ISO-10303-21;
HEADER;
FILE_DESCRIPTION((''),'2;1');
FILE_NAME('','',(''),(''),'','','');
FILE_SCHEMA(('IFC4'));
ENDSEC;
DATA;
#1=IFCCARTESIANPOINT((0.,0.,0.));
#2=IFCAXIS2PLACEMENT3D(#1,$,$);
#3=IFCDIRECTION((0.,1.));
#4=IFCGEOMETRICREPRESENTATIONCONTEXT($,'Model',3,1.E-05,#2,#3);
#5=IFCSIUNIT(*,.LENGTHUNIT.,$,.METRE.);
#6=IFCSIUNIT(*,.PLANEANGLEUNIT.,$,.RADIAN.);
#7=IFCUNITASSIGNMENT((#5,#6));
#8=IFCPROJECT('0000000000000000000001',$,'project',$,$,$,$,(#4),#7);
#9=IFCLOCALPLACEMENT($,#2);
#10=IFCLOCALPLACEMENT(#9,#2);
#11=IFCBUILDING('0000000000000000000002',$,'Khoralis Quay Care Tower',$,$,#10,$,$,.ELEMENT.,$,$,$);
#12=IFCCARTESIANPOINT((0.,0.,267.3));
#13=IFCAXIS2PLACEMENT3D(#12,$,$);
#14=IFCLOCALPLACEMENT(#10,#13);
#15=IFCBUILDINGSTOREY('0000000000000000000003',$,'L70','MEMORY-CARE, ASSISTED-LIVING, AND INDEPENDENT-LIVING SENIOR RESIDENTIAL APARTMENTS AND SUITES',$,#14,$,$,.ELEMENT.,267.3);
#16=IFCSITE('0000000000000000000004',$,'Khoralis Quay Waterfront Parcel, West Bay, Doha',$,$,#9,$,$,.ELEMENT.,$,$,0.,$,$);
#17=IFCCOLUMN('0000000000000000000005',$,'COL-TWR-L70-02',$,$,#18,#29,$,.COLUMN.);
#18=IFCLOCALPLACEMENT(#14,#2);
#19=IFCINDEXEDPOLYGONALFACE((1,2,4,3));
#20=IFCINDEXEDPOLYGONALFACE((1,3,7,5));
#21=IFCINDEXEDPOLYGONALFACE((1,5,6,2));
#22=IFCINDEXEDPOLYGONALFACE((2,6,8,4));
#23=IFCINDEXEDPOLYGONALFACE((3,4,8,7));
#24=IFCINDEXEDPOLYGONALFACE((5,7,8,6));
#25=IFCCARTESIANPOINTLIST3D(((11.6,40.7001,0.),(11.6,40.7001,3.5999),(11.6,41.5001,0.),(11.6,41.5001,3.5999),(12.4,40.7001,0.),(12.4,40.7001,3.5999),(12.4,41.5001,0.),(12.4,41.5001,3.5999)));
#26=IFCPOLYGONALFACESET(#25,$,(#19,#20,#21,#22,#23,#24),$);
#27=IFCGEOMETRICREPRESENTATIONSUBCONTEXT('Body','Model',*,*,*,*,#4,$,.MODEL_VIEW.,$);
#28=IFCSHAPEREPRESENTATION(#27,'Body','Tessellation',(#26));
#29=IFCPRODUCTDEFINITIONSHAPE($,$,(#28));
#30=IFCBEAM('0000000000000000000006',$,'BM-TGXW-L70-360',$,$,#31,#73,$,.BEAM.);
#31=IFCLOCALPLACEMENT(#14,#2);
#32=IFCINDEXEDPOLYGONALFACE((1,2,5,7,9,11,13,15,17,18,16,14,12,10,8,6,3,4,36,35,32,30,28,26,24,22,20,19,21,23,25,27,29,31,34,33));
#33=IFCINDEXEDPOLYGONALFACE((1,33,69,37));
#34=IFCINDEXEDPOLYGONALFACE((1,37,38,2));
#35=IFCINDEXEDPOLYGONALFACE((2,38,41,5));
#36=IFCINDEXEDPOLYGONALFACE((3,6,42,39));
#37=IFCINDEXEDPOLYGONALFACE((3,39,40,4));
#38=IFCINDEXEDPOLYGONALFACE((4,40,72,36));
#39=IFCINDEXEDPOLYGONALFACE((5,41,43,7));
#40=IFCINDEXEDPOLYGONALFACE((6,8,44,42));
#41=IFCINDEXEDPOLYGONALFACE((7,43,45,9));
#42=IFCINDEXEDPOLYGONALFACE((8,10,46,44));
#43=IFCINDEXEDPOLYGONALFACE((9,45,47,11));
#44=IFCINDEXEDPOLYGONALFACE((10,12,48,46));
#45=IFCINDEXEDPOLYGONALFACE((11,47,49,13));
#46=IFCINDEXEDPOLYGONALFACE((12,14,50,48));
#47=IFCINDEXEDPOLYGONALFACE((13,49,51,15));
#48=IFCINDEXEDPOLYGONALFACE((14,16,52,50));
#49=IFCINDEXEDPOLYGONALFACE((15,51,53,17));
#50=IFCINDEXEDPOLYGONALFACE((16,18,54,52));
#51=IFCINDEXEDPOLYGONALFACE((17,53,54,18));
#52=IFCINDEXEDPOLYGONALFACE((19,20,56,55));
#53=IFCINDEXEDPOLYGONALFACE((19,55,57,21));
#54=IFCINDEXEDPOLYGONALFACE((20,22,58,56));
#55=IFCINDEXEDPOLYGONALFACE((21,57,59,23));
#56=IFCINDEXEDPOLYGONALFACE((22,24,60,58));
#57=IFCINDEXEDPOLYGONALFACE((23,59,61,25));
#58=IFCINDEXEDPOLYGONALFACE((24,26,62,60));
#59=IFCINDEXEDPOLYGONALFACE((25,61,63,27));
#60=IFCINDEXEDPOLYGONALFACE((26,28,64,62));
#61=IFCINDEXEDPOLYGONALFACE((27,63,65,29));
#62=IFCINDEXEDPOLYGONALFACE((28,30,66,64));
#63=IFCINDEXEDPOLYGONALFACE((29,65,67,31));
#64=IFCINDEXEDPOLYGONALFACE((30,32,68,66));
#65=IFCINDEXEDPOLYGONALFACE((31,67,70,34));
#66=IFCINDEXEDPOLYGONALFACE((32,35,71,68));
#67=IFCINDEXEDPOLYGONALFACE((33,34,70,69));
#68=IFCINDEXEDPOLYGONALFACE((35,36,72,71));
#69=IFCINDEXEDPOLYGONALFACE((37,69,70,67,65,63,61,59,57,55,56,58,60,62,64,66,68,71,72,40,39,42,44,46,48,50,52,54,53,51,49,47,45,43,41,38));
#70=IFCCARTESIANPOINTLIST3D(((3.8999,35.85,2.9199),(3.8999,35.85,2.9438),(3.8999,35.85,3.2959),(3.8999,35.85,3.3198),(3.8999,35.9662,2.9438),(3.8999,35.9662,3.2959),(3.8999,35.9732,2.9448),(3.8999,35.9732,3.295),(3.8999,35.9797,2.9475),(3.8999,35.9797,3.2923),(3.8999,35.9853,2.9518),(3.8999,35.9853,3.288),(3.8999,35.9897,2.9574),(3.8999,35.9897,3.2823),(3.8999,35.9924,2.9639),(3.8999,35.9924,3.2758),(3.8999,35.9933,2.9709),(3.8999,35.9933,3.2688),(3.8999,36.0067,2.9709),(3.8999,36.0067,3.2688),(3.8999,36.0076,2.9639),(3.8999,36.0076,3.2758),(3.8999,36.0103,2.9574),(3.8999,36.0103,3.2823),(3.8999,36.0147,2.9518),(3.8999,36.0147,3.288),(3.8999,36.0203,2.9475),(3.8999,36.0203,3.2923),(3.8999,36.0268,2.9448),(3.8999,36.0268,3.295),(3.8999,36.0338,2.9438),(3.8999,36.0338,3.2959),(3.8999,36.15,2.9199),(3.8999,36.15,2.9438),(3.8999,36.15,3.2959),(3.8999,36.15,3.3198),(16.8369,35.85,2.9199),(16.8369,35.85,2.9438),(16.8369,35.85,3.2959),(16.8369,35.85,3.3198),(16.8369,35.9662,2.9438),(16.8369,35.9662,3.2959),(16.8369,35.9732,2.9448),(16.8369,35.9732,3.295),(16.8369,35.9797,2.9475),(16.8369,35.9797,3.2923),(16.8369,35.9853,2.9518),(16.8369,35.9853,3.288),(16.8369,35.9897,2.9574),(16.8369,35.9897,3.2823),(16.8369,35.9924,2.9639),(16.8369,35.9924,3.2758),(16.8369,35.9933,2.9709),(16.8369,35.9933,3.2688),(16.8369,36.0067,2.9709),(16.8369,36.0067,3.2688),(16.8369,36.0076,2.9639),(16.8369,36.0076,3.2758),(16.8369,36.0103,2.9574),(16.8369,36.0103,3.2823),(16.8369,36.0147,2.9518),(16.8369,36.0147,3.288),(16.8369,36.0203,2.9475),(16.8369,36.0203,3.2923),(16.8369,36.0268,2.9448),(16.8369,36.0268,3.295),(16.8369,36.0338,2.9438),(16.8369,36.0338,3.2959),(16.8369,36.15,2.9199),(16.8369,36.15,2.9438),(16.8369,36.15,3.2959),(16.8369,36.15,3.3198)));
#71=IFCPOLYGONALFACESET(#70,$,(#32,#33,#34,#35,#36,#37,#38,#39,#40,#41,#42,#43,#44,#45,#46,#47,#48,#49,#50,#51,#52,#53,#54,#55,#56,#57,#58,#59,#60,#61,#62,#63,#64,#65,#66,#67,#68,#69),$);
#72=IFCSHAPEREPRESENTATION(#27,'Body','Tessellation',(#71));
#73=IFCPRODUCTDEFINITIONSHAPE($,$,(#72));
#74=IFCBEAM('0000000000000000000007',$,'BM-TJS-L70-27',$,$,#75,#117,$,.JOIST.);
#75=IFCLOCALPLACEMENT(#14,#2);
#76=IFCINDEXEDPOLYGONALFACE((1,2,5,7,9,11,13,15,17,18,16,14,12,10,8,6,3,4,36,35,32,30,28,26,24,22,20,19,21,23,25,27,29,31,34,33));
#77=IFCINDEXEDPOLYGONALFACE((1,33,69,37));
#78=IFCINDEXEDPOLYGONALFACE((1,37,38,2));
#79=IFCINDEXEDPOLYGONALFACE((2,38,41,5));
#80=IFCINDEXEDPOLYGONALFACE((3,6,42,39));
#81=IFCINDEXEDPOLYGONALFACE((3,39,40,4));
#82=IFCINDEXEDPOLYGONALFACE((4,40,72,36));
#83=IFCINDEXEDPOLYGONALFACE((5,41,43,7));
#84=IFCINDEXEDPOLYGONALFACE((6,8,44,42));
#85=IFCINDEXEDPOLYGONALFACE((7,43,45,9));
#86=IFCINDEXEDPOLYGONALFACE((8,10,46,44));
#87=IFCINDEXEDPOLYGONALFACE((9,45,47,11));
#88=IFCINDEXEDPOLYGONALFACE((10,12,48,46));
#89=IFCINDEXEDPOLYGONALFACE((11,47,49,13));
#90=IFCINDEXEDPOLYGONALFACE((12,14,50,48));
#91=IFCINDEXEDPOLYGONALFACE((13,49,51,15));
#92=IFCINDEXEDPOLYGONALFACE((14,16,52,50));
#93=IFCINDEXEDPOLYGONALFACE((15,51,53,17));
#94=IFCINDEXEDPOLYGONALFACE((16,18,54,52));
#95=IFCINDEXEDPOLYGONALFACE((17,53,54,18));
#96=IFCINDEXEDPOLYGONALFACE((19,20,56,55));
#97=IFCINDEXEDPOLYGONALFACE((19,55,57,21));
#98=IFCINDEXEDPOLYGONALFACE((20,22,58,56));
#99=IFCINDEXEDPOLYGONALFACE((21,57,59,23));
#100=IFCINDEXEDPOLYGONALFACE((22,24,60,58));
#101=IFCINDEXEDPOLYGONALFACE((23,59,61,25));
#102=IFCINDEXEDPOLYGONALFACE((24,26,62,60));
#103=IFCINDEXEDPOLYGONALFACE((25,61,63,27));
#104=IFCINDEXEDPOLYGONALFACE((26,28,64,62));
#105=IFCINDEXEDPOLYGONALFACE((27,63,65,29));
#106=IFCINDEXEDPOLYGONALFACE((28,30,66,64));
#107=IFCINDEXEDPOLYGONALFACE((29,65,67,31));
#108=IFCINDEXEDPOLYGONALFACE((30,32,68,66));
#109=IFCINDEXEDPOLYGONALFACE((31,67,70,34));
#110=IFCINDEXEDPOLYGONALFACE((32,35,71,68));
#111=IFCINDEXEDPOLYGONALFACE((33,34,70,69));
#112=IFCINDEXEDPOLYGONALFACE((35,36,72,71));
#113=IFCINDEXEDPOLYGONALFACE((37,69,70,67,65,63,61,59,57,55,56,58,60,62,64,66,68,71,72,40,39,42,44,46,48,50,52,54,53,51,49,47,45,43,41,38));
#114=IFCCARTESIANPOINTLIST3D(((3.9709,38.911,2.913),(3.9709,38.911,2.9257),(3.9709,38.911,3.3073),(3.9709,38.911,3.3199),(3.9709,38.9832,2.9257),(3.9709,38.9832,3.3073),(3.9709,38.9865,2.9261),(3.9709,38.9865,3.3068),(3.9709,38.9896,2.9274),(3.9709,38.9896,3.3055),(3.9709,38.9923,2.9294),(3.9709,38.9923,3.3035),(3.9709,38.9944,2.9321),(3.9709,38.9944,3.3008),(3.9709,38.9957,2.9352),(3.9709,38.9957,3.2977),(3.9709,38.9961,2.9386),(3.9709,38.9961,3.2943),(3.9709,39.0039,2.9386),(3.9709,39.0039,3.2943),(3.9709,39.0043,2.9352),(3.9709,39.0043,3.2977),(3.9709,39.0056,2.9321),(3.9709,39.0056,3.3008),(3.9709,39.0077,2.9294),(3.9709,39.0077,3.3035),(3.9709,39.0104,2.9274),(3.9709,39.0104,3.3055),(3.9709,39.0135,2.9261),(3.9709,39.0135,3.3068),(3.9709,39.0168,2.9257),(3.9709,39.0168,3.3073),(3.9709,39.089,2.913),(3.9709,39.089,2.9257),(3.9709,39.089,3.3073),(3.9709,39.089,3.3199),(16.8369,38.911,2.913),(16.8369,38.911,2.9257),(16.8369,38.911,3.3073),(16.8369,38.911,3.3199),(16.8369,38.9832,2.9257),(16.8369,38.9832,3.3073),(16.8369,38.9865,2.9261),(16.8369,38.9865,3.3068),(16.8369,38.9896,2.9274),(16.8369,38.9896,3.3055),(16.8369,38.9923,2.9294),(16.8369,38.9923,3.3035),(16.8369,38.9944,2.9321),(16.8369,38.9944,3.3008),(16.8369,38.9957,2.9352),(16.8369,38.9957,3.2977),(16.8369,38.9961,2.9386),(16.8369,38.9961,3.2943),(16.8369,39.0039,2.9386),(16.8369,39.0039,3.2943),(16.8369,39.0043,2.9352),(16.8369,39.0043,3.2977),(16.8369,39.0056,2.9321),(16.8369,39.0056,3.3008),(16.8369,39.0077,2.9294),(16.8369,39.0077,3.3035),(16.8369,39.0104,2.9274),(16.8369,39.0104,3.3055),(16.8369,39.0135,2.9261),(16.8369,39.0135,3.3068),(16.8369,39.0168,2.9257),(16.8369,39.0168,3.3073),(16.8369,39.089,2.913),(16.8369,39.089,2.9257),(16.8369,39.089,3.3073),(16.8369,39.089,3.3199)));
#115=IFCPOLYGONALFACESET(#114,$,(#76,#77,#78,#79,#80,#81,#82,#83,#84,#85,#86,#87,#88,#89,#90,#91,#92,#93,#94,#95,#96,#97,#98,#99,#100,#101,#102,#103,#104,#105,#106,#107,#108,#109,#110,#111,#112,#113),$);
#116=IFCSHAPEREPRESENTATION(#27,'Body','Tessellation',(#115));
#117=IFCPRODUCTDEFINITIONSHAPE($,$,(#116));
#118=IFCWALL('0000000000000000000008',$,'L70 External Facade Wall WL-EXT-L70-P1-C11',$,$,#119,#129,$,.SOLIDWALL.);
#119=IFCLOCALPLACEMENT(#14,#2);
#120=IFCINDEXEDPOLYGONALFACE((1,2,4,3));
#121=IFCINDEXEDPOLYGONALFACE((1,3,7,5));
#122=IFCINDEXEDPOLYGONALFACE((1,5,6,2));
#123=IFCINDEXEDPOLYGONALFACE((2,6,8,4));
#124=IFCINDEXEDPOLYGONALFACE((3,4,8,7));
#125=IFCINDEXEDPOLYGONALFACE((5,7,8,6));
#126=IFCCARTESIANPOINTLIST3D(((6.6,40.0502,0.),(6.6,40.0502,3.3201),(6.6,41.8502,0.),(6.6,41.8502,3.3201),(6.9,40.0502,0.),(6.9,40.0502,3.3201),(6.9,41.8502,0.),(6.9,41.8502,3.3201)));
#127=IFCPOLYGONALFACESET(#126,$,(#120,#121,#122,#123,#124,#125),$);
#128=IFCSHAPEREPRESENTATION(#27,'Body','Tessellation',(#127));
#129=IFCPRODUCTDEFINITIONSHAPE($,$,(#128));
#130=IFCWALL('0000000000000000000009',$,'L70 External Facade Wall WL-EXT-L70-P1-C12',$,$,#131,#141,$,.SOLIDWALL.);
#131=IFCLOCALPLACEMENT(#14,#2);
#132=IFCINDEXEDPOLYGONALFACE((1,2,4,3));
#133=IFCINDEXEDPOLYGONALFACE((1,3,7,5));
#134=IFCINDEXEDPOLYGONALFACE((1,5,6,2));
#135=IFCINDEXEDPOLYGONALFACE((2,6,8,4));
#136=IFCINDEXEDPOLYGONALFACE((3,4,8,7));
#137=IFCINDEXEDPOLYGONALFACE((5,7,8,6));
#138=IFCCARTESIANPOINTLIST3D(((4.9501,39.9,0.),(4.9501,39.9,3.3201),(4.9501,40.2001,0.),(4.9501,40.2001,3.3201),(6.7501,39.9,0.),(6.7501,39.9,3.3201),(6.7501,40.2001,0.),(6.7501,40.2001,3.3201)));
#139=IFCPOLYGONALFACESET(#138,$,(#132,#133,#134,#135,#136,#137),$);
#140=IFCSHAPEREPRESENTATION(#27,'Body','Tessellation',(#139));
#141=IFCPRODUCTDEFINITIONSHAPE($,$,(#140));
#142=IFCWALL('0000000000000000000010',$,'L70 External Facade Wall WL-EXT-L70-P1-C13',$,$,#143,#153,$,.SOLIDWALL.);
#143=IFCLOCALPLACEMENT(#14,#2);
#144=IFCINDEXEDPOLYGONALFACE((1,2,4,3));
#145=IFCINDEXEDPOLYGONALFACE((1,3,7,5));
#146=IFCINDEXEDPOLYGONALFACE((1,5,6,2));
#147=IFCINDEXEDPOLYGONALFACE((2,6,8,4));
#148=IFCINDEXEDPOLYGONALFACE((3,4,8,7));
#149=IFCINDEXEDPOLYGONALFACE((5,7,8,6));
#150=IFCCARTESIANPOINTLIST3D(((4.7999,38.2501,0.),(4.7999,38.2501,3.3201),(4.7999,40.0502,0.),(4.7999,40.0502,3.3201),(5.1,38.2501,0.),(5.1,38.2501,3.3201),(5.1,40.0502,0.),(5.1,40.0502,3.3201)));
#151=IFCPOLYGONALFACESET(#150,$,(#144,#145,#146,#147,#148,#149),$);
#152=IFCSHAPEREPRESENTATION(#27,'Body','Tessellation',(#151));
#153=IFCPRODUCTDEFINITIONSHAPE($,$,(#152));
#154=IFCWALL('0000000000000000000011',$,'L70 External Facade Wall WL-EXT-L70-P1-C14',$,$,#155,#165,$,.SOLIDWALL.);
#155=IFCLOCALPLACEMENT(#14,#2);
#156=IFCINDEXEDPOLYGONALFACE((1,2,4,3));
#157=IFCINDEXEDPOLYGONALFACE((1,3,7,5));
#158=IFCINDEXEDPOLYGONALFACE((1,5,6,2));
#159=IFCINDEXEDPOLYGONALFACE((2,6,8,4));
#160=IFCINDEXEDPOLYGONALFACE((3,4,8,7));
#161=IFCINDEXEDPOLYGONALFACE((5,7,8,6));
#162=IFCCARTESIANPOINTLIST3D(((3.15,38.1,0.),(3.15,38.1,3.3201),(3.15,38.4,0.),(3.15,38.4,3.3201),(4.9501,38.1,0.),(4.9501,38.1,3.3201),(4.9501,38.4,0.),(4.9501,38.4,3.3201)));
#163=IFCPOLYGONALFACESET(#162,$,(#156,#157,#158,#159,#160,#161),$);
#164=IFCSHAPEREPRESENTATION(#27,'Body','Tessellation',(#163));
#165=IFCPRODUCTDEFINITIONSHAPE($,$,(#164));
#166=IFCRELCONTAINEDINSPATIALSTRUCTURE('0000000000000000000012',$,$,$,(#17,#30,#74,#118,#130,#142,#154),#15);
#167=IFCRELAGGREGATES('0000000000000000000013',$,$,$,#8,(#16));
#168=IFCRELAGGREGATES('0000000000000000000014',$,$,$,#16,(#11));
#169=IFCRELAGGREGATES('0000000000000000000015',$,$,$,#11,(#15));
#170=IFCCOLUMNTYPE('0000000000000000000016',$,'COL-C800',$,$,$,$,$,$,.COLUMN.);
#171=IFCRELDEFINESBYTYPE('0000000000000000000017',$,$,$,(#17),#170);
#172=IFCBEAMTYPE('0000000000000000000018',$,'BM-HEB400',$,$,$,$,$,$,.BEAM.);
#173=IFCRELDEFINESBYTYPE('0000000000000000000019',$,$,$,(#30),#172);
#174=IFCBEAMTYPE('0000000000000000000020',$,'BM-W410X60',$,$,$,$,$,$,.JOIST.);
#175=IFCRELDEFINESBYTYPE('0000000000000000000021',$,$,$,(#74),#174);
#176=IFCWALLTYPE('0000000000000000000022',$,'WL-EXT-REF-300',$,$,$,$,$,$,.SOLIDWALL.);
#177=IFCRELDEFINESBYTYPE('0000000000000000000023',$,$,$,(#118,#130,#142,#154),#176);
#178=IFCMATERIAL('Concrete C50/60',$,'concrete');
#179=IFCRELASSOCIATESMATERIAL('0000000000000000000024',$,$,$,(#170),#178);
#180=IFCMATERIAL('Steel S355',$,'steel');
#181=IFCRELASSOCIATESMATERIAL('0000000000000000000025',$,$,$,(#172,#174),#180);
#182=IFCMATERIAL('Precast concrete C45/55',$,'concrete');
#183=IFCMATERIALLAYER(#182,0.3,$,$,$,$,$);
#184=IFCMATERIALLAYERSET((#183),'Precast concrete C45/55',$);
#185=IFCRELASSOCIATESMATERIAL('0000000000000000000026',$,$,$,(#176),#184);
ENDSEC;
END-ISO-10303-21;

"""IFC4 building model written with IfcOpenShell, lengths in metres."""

from ifc_helpers import new_model, si_unit, direction, frame, frame_2d, origin, origin_2d, place, context, subcontext, project, spatial, rectangle, i_section, extrude, source, transform, mapped, material, layer, layer_set, material_profile, profile_set, type_object, element, save


model = new_model("IFC4")

# Units and contexts
model_context = context("Model", 3, precision=1e-05, world=origin(), true_north=direction((0.0, 1.0)))
body_context = subcontext(model_context, "Body", "Model", "MODEL_VIEW")
ifc_project = project(units=[si_unit("LENGTHUNIT", "METRE"), si_unit("PLANEANGLEUNIT", "RADIAN")], contexts=[model_context])

# Site, building, storey
site_placement = place(None, origin())
site = spatial("IfcSite", under=ifc_project, at=site_placement, Name="Khoralis Quay Waterfront Parcel, West Bay, Doha", CompositionType="ELEMENT", RefElevation=0.0)
building_placement = place(site_placement, origin())
building = spatial("IfcBuilding", under=site, at=building_placement, Name="Khoralis Quay Care Tower", CompositionType="ELEMENT")
storey_placement = place(building_placement, frame((0.0, 0.0, 267.3)))
storey = spatial("IfcBuildingStorey", under=building, at=storey_placement, Name="L70", Description="MEMORY-CARE, ASSISTED-LIVING, AND INDEPENDENT-LIVING SENIOR RESIDENTIAL APARTMENTS AND SUITES", CompositionType="ELEMENT", Elevation=267.3)

# Column
ifc_material_1 = material(Name="Concrete C50/60", Category="concrete")
ifc_material_profile_1 = material_profile(ifc_material_1, rectangle(XDim=0.8, YDim=0.8, at=origin_2d()), Name="Concrete C50/60")
ifc_profile_set_1 = profile_set([ifc_material_profile_1], Name="Concrete C50/60")
column_type = type_object("IfcColumnType", Name="COL-C800", PredefinedType="COLUMN", material=ifc_profile_set_1)
shared_shape_1 = source(origin(), body_context, "Body", "SweptSolid", [
    extrude(rectangle(XDim=0.8, YDim=0.8, at=origin_2d()), origin(), (0.0, 0.0, 1.0), 3.5999),
])
column_placement = place(storey_placement, frame((12.0, 41.1001, 0.0), z_axis=(0.0, 0.0, 1.0), x_axis=(1.0, 0.0, 0.0)))
element("IfcColumn", 1, at=column_placement, inside=storey, type_object=column_type, Name="COL-TWR-L70-02", PredefinedType="COLUMN", context=body_context, shape_type="MappedRepresentation", body=[
    mapped(shared_shape_1, transform((0.0, 0.0, 0.0), scale=1.0)),
])

# Beams
ifc_material_2 = material(Name="Steel S355", Category="steel")
ifc_material_profile_2 = material_profile(ifc_material_2, i_section(OverallWidth=0.3, OverallDepth=0.3999, WebThickness=0.0134, FlangeThickness=0.0239, FilletRadius=0.0271, at=origin_2d()), Name="Steel S355")
ifc_profile_set_2 = profile_set([ifc_material_profile_2], Name="Steel S355")
beam_type_1 = type_object("IfcBeamType", Name="BM-HEB400", PredefinedType="BEAM", material=ifc_profile_set_2)
shared_shape_2 = source(origin(), body_context, "Body", "SweptSolid", [
    extrude(i_section(OverallWidth=0.3, OverallDepth=0.3999, WebThickness=0.0134, FlangeThickness=0.0239, FilletRadius=0.0271, at=origin_2d()), origin(), (0.0, 0.0, 1.0), 12.937),
])
beam_1_placement = place(storey_placement, frame((3.8999, 36.0, 3.1199), z_axis=(1.0, 0.0, 0.0), x_axis=(0.0, 1.0, 0.0)))
element("IfcBeam", 2, at=beam_1_placement, inside=storey, type_object=beam_type_1, Name="BM-TGXW-L70-360", PredefinedType="BEAM", context=body_context, shape_type="MappedRepresentation", body=[
    mapped(shared_shape_2, transform((0.0, 0.0, 0.0), scale=1.0)),
])
ifc_material_profile_3 = material_profile(ifc_material_2, i_section(OverallWidth=0.178, OverallDepth=0.407, WebThickness=0.0078, FlangeThickness=0.0127, FilletRadius=0.0129, at=origin_2d()), Name="Steel S355")
ifc_profile_set_3 = profile_set([ifc_material_profile_3], Name="Steel S355")
beam_type_2 = type_object("IfcBeamType", Name="BM-W410X60", PredefinedType="JOIST", material=ifc_profile_set_3)
shared_shape_3 = source(origin(), body_context, "Body", "SweptSolid", [
    extrude(i_section(OverallWidth=0.178, OverallDepth=0.407, WebThickness=0.0078, FlangeThickness=0.0127, FilletRadius=0.0129, at=origin_2d()), origin(), (0.0, 0.0, 1.0), 12.866),
])
beam_2_placement = place(storey_placement, frame((3.9709, 39.0, 3.1165), z_axis=(1.0, 0.0, 0.0), x_axis=(0.0, 1.0, 0.0)))
element("IfcBeam", 3, at=beam_2_placement, inside=storey, type_object=beam_type_2, Name="BM-TJS-L70-27", PredefinedType="JOIST", context=body_context, shape_type="MappedRepresentation", body=[
    mapped(shared_shape_3, transform((0.0, 0.0, 0.0), scale=1.0)),
])

# Walls
ifc_material_3 = material(Name="Precast concrete C45/55", Category="concrete")
ifc_layer_1 = layer(ifc_material_3, 0.3)
ifc_layer_set_1 = layer_set([ifc_layer_1], Name="Precast concrete C45/55")
wall_type_1 = type_object("IfcWallType", Name="WL-EXT-REF-300", PredefinedType="SOLIDWALL", material=ifc_layer_set_1)
for number, where, z_axis, x_axis, name in (
    (4, (6.75, 41.8501, 0.0), (0.0, 0.0, 1.0), (0.0, -1.0, 0.0), "L70 External Facade Wall WL-EXT-L70-P1-C11"),
    (5, (6.75, 40.05, 0.0), (0.0, 0.0, 1.0), (-1.0, 0.0, 0.0), "L70 External Facade Wall WL-EXT-L70-P1-C12"),
    (6, (4.95, 40.05, 0.0), (0.0, 0.0, 1.0), (0.0, -1.0, 0.0), "L70 External Facade Wall WL-EXT-L70-P1-C13"),
    (7, (4.95, 38.25, 0.0), (0.0, 0.0, 1.0), (-1.0, 0.0, 0.0), "L70 External Facade Wall WL-EXT-L70-P1-C14"),
):
    element("IfcWall", number, at=place(storey_placement, frame(where, z_axis=z_axis, x_axis=x_axis)), inside=storey, type_object=wall_type_1, Name=name, PredefinedType="SOLIDWALL", context=body_context, shape_type="SweptSolid", body=[
        extrude(rectangle(XDim=1.8, YDim=0.3, at=frame_2d((0.8999, 0.0))), origin(), (0.0, 0.0, 1.0), 3.3201),
    ])

save(model, "model.ifc")
